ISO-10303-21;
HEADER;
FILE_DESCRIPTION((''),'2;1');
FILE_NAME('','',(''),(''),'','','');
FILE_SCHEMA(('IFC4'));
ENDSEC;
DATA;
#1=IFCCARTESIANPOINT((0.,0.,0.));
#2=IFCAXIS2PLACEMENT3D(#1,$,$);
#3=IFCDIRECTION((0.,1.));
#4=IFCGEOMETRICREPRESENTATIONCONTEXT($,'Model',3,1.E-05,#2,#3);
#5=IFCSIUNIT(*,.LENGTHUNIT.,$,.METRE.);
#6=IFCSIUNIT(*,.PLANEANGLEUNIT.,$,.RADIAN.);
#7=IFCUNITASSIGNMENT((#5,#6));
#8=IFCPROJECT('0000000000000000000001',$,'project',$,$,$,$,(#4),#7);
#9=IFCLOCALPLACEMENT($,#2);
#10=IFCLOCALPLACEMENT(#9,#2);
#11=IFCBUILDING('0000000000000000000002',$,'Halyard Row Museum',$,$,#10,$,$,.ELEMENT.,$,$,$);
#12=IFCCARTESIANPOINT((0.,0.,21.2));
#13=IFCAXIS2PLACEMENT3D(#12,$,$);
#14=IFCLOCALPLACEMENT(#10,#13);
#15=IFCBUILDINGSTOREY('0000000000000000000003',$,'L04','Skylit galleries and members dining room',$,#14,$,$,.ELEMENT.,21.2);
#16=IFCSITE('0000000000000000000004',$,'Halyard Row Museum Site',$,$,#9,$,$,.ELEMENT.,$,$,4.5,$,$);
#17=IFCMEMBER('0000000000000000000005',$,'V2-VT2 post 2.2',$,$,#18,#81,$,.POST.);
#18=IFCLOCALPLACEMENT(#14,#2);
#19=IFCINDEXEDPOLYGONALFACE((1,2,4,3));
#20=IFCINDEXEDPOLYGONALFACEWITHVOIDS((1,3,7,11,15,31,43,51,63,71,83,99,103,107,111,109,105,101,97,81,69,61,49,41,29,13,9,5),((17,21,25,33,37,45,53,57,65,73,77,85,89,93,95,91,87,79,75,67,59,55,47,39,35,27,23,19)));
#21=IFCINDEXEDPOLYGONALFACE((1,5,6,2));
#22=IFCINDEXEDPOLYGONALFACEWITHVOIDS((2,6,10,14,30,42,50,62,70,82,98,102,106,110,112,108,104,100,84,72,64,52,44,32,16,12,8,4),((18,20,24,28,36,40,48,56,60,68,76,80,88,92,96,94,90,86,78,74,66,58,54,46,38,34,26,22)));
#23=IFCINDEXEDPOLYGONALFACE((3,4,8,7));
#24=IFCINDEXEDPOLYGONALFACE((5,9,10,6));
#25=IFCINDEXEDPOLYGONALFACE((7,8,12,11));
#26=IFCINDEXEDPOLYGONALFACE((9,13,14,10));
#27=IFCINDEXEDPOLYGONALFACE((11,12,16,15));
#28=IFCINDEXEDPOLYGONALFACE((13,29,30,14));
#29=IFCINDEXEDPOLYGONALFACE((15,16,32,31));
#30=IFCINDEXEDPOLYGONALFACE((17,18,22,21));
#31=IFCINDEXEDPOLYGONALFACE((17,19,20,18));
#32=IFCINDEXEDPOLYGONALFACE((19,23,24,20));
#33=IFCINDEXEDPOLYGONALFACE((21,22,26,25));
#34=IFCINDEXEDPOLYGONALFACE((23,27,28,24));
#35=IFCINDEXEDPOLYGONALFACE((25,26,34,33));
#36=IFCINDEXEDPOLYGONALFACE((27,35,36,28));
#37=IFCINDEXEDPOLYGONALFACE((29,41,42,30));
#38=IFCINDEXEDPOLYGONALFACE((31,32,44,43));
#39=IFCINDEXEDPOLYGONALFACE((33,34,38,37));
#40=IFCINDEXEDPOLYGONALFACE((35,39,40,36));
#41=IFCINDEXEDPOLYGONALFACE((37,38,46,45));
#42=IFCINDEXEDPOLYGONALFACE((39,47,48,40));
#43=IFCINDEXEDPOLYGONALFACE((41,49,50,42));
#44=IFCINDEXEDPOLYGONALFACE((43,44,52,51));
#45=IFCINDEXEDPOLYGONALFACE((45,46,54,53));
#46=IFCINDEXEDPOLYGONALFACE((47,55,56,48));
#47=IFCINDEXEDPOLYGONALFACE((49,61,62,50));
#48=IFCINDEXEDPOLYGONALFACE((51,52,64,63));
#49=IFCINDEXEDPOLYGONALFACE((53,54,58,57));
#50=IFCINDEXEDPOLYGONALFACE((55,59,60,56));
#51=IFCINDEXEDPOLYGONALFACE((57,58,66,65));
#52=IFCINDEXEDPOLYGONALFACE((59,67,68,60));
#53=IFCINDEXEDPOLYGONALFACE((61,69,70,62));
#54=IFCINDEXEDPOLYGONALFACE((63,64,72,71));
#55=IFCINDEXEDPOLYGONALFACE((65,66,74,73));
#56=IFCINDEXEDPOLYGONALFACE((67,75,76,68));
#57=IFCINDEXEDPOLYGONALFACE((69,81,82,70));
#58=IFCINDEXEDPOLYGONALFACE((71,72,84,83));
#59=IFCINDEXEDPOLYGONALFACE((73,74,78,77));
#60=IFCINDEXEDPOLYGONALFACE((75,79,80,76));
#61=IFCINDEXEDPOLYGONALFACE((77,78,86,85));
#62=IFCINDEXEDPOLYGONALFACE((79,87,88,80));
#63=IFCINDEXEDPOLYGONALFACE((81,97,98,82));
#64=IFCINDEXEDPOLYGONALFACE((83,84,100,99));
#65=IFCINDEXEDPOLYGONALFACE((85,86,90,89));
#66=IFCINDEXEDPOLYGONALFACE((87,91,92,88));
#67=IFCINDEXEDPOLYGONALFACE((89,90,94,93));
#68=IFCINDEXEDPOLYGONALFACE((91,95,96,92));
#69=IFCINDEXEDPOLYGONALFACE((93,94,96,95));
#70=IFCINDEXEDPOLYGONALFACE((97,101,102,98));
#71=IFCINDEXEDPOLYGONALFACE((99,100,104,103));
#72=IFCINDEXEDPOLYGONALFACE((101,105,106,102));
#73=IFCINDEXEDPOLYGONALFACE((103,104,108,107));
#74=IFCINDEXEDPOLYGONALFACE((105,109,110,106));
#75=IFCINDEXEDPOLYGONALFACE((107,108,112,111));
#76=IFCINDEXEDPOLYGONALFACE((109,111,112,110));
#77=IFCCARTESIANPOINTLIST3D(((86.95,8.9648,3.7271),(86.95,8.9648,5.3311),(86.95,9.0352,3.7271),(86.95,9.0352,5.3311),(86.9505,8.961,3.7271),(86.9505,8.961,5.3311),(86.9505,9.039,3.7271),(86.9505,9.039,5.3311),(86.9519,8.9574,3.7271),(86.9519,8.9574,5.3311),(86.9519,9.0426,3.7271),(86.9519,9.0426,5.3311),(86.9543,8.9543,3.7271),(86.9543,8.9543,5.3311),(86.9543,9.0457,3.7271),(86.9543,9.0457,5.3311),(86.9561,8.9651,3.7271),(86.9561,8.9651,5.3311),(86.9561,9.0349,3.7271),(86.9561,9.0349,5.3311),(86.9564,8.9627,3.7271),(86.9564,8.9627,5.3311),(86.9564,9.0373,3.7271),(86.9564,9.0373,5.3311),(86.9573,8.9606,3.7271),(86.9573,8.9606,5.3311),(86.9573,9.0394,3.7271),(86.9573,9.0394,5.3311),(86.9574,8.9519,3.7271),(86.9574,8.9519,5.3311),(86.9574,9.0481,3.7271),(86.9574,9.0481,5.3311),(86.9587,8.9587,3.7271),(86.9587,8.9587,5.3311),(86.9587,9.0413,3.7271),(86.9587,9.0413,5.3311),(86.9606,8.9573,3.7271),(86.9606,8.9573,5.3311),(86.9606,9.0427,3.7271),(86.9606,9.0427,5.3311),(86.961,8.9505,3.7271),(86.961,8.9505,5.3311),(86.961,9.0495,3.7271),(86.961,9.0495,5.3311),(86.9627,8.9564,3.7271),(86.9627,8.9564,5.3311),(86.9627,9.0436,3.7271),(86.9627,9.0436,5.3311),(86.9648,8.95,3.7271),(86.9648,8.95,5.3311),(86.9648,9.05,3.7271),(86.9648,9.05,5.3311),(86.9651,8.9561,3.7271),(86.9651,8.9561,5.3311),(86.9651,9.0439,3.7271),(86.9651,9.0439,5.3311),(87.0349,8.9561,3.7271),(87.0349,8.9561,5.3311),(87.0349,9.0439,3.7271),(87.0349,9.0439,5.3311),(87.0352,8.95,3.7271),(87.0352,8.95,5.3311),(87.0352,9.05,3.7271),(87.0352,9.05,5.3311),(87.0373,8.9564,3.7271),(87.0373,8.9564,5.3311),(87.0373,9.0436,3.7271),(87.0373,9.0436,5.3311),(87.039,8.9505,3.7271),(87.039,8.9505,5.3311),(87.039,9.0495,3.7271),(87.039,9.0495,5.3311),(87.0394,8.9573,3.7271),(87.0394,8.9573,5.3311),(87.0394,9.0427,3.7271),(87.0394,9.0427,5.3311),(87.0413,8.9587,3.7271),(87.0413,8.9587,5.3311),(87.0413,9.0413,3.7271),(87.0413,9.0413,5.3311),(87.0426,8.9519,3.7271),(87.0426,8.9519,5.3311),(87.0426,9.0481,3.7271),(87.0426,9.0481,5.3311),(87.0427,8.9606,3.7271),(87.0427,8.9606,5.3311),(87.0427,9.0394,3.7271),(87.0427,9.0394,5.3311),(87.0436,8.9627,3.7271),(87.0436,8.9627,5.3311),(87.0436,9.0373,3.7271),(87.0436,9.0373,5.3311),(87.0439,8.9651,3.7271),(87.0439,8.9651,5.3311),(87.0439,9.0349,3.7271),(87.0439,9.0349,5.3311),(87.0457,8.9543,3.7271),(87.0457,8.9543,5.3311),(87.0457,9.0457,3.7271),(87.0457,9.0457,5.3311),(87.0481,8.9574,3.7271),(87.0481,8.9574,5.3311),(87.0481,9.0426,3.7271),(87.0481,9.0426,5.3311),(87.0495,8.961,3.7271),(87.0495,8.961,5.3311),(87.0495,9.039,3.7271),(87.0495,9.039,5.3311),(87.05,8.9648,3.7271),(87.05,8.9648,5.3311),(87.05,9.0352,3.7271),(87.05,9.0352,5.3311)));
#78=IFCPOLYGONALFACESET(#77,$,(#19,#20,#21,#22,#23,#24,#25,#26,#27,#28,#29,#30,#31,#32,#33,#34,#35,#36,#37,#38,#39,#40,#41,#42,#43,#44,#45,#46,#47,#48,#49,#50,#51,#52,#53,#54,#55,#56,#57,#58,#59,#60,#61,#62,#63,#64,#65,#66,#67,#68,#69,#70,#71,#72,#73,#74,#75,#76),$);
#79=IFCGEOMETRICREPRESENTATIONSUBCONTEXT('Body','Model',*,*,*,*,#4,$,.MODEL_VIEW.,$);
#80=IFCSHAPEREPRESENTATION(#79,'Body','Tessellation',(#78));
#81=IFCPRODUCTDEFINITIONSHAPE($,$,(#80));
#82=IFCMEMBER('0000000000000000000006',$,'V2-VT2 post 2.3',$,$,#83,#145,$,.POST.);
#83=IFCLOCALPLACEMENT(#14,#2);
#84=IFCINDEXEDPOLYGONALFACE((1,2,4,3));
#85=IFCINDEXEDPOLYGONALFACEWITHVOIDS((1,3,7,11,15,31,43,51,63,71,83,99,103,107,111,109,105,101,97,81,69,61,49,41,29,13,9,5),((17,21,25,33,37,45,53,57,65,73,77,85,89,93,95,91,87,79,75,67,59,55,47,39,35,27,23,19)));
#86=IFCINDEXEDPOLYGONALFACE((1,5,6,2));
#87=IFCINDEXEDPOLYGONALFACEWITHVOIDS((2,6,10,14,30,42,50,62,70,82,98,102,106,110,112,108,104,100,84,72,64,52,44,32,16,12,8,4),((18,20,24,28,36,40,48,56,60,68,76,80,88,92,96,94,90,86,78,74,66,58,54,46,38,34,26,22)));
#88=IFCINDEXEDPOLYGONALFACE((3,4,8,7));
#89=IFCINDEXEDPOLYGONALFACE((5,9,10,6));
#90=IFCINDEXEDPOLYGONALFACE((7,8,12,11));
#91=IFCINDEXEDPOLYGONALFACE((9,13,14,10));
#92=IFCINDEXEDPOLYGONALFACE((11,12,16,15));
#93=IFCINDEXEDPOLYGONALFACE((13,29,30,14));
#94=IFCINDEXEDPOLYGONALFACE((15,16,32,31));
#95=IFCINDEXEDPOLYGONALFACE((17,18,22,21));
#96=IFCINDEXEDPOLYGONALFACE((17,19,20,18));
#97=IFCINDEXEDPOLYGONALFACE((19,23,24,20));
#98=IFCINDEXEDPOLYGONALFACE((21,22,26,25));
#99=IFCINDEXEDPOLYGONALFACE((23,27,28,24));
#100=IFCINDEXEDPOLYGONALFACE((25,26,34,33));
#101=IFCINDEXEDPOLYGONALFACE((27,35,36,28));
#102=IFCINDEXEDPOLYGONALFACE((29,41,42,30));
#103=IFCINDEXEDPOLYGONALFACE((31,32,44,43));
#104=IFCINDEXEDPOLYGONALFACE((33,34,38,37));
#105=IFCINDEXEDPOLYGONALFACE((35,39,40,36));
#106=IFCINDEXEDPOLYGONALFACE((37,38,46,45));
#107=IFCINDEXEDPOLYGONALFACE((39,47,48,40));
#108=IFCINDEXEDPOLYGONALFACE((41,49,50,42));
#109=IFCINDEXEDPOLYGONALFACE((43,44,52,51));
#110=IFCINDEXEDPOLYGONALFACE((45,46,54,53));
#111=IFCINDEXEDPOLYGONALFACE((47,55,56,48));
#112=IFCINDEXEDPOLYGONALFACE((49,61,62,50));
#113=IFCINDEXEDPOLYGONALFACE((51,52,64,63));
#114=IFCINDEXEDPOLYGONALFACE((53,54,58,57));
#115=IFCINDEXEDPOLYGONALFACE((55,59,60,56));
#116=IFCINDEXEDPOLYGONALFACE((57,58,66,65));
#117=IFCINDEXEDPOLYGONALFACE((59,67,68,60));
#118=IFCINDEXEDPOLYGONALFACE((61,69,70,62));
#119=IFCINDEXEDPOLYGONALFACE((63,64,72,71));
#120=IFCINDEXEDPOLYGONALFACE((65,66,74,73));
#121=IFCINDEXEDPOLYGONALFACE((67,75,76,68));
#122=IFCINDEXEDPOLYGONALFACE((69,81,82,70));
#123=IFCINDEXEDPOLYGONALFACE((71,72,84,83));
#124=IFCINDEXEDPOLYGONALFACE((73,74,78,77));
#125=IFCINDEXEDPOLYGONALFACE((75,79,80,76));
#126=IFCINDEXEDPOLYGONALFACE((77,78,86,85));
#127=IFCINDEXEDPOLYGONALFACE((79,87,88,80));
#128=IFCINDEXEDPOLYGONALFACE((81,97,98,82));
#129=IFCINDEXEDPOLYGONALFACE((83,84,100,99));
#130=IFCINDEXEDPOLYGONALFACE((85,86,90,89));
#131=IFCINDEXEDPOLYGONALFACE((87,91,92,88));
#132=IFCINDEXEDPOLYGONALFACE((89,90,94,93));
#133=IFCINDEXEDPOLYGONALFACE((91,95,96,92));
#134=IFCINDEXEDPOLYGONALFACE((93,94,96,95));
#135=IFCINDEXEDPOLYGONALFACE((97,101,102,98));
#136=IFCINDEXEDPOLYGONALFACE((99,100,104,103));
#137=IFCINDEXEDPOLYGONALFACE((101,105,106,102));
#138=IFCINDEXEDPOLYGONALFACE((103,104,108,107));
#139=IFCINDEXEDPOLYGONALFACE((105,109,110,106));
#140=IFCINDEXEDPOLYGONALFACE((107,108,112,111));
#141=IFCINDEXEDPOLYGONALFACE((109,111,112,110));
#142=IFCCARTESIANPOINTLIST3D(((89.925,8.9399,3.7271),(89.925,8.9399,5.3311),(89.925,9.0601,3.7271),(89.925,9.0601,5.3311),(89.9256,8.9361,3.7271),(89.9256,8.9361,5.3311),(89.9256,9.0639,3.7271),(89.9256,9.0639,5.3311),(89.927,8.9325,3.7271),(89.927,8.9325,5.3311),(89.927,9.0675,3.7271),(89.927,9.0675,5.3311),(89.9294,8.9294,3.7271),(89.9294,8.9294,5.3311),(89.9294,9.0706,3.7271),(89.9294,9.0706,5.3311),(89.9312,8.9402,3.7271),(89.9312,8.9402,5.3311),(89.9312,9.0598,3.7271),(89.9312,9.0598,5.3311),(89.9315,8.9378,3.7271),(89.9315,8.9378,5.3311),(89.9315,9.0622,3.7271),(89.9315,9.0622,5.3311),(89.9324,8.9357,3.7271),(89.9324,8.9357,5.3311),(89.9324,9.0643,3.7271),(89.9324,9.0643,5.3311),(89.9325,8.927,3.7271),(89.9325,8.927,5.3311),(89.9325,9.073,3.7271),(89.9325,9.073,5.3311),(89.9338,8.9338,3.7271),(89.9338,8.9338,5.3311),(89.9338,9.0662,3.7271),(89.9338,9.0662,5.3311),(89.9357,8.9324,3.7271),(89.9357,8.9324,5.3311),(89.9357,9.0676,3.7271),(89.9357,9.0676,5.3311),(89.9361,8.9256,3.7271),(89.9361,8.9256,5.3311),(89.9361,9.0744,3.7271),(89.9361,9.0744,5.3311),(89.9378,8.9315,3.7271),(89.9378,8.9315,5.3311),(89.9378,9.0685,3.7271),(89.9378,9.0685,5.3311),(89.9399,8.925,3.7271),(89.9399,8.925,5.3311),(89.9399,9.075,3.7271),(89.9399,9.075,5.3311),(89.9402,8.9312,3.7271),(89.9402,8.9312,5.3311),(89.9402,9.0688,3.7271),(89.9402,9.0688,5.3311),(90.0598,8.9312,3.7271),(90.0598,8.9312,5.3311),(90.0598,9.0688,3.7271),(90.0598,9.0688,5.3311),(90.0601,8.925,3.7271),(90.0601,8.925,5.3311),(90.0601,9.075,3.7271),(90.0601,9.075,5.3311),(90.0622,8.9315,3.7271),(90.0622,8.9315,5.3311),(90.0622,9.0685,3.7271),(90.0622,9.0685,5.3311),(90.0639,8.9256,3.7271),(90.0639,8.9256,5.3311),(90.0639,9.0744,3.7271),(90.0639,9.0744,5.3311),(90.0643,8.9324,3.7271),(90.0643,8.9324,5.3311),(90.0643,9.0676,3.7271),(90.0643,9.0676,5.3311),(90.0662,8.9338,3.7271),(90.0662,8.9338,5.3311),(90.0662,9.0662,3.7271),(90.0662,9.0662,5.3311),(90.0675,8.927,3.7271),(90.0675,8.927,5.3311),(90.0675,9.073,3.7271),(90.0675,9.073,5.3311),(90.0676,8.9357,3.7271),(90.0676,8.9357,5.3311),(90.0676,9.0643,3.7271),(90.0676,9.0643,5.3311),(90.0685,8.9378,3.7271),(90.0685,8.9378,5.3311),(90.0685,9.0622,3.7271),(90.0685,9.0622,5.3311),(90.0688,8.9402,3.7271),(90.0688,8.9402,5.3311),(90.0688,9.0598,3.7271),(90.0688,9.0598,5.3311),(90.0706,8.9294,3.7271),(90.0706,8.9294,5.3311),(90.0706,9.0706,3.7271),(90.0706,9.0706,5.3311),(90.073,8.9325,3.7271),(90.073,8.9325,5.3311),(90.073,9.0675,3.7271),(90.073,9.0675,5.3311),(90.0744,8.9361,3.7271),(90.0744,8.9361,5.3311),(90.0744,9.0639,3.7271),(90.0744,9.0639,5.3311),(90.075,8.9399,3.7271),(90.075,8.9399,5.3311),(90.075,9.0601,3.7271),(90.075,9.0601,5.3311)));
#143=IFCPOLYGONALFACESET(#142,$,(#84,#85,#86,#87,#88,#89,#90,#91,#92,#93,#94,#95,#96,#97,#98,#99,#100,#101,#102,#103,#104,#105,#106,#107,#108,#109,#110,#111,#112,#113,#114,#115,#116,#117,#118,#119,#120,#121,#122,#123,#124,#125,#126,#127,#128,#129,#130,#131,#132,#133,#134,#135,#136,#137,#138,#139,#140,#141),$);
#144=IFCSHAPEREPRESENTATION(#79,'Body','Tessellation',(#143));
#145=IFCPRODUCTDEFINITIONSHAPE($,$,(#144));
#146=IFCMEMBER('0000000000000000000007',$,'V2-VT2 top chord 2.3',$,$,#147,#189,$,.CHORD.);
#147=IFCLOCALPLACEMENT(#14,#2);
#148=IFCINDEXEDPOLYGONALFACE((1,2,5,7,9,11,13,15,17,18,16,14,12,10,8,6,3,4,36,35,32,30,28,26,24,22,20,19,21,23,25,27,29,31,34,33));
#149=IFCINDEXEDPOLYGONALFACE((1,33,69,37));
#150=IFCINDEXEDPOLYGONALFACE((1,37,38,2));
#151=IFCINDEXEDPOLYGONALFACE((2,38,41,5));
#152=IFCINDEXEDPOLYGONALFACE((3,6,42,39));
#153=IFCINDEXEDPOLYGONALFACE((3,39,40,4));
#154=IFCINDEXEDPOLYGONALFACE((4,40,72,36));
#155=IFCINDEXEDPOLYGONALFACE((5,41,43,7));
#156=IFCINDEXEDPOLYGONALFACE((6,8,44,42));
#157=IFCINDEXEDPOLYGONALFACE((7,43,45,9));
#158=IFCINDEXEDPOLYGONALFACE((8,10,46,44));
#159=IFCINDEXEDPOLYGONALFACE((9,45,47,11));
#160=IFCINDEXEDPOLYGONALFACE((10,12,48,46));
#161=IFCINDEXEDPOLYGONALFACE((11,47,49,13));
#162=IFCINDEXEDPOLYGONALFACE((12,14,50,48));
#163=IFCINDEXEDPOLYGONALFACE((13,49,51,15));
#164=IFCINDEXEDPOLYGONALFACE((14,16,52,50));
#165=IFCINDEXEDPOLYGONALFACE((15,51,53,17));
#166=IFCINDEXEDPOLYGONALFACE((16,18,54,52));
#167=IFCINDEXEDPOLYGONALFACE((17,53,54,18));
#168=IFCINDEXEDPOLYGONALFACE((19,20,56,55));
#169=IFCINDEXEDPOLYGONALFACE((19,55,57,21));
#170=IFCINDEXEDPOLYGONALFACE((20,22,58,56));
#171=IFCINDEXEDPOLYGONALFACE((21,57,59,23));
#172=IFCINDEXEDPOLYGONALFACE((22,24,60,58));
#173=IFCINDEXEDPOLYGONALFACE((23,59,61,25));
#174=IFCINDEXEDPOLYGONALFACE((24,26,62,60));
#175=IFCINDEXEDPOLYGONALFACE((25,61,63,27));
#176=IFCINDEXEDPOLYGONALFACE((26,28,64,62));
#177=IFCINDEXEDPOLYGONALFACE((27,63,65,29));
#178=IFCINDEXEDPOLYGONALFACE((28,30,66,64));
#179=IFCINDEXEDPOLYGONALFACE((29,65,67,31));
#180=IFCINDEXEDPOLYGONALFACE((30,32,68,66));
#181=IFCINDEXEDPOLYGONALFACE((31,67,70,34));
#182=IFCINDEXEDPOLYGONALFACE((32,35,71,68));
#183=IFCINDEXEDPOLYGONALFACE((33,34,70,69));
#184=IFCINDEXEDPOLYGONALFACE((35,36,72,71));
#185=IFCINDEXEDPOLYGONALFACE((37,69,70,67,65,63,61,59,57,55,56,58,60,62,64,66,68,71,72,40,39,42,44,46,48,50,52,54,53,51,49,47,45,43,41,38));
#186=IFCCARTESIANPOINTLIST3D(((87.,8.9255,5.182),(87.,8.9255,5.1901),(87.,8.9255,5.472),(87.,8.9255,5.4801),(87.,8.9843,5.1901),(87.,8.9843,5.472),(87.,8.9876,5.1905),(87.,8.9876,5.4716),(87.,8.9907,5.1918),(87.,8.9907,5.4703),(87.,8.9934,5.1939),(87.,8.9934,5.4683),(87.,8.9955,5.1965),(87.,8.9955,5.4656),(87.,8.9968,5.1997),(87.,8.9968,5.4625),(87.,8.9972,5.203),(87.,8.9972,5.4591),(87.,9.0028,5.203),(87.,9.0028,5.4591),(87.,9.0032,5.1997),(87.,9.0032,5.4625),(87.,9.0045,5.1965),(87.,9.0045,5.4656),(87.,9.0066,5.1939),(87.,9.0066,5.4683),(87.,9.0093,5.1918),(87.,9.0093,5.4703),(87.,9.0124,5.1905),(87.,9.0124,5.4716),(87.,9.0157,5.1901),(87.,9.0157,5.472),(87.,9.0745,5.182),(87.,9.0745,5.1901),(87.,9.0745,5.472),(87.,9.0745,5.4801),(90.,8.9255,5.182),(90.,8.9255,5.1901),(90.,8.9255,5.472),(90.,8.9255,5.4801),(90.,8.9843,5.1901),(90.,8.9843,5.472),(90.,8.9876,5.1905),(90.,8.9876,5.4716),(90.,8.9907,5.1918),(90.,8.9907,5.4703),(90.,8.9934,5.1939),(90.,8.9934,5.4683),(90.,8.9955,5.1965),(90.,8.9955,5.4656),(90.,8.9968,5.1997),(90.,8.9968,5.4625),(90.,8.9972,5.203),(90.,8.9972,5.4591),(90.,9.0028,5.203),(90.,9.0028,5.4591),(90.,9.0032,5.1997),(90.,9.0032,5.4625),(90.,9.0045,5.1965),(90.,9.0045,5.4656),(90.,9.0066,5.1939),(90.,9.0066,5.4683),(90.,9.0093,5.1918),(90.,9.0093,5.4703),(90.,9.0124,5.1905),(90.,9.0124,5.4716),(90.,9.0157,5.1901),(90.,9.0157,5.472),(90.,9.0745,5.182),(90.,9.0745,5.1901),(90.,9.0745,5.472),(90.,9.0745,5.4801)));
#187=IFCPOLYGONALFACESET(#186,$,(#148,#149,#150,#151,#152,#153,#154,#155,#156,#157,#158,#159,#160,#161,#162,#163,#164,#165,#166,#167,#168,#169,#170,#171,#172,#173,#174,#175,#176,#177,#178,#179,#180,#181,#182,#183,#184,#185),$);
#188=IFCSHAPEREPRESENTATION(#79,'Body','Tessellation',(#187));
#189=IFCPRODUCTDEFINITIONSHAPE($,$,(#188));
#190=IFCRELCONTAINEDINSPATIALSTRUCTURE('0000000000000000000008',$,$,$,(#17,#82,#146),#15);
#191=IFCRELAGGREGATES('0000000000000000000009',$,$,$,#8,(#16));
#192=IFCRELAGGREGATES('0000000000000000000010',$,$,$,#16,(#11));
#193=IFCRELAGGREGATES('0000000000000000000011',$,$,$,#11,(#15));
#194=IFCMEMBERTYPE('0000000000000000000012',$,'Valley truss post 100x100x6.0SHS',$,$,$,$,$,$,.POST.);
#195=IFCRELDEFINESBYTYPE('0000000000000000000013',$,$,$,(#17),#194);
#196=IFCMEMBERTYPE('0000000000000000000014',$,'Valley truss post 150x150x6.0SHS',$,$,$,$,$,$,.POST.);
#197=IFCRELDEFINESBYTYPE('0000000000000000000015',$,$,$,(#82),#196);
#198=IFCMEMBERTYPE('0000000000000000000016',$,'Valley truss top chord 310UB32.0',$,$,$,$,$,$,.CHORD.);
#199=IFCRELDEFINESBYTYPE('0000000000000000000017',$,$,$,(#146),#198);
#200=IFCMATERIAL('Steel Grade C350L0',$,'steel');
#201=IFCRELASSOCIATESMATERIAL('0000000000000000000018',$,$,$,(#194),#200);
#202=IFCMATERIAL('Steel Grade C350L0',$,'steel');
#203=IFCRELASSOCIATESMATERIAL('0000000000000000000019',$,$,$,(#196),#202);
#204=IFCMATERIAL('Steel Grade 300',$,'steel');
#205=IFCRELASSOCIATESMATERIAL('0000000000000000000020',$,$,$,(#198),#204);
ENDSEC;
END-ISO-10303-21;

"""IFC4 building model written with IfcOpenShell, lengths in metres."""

from ifc_helpers import new_model, si_unit, direction, frame, origin, origin_2d, place, context, subcontext, project, spatial, hollow_rectangle, i_section, extrude, material, material_profile, profile_set, type_object, element, save


model = new_model("IFC4")

# Units and contexts
model_context = context("Model", 3, precision=1e-05, world=origin(), true_north=direction((0.0, 1.0)))
body_context = subcontext(model_context, "Body", "Model", "MODEL_VIEW")
ifc_project = project(units=[si_unit("LENGTHUNIT", "METRE"), si_unit("PLANEANGLEUNIT", "RADIAN")], contexts=[model_context])

# Site, building, storey
site_placement = place(None, origin())
site = spatial("IfcSite", under=ifc_project, at=site_placement, Name="Halyard Row Museum Site", CompositionType="ELEMENT", RefElevation=4.5)
building_placement = place(site_placement, origin())
building = spatial("IfcBuilding", under=site, at=building_placement, Name="Halyard Row Museum", CompositionType="ELEMENT")
storey_placement = place(building_placement, frame((0.0, 0.0, 21.2)))
storey = spatial("IfcBuildingStorey", under=building, at=storey_placement, Name="L04", Description="Skylit galleries and members dining room", CompositionType="ELEMENT", Elevation=21.2)

# Members
ifc_material_1 = material(Name="Steel Grade C350L0", Category="steel")
ifc_material_profile_1 = material_profile(ifc_material_1, hollow_rectangle(XDim=0.1001, YDim=0.1001, WallThickness=0.0061, InnerFilletRadius=0.009, OuterFilletRadius=0.0149, at=origin_2d()), Name="100x100x6.0SHS")
ifc_profile_set_1 = profile_set([ifc_material_profile_1], Name="Steel Grade C350L0")
member_type_1 = type_object("IfcMemberType", Name="Valley truss post 100x100x6.0SHS", PredefinedType="POST", material=ifc_profile_set_1)
member_1_placement = place(storey_placement, frame((87.0, 9.0, 3.7271), z_axis=(0.0, 0.0, 1.0), x_axis=(1.0, 0.0, 0.0)))
element("IfcMember", 1, at=member_1_placement, inside=storey, type_object=member_type_1, Name="V2-VT2 post 2.2", PredefinedType="POST", context=body_context, shape_type="SweptSolid", body=[
    extrude(hollow_rectangle(XDim=0.1001, YDim=0.1001, WallThickness=0.0061, InnerFilletRadius=0.009, OuterFilletRadius=0.0149, at=origin_2d()), origin(), (0.0, 0.0, 1.0), 1.604),
])
ifc_material_2 = material(Name="Steel Grade C350L0", Category="steel")
ifc_material_profile_2 = material_profile(ifc_material_2, hollow_rectangle(XDim=0.1499, YDim=0.1499, WallThickness=0.0061, InnerFilletRadius=0.009, OuterFilletRadius=0.0149, at=origin_2d()), Name="150x150x6.0SHS")
ifc_profile_set_2 = profile_set([ifc_material_profile_2], Name="Steel Grade C350L0")
member_type_2 = type_object("IfcMemberType", Name="Valley truss post 150x150x6.0SHS", PredefinedType="POST", material=ifc_profile_set_2)
member_2_placement = place(storey_placement, frame((90.0, 9.0, 3.7271), z_axis=(0.0, 0.0, 1.0), x_axis=(1.0, 0.0, 0.0)))
element("IfcMember", 2, at=member_2_placement, inside=storey, type_object=member_type_2, Name="V2-VT2 post 2.3", PredefinedType="POST", context=body_context, shape_type="SweptSolid", body=[
    extrude(hollow_rectangle(XDim=0.1499, YDim=0.1499, WallThickness=0.0061, InnerFilletRadius=0.009, OuterFilletRadius=0.0149, at=origin_2d()), origin(), (0.0, 0.0, 1.0), 1.604),
])
ifc_material_3 = material(Name="Steel Grade 300", Category="steel")
ifc_material_profile_3 = material_profile(ifc_material_3, i_section(OverallWidth=0.1489, OverallDepth=0.2981, WebThickness=0.0056, FlangeThickness=0.0081, FilletRadius=0.0129, at=origin_2d()), Name="310UB32.0")
ifc_profile_set_3 = profile_set([ifc_material_profile_3], Name="Steel Grade 300")
member_type_3 = type_object("IfcMemberType", Name="Valley truss top chord 310UB32.0", PredefinedType="CHORD", material=ifc_profile_set_3)
for number, where, z_axis, x_axis, name in (
    (3, (87.0, 9.0, 5.3311), (1.0, 0.0, 0.0), (0.0, 1.0, 0.0), "V2-VT2 top chord 2.3"),
):
    element("IfcMember", number, at=place(storey_placement, frame(where, z_axis=z_axis, x_axis=x_axis)), inside=storey, type_object=member_type_3, Name=name, PredefinedType="CHORD", context=body_context, shape_type="SweptSolid", body=[
        extrude(i_section(OverallWidth=0.1489, OverallDepth=0.2981, WebThickness=0.0056, FlangeThickness=0.0081, FilletRadius=0.0129, at=origin_2d()), origin(), (0.0, 0.0, 1.0), 3.0),
    ])

save(model, "model.ifc")
